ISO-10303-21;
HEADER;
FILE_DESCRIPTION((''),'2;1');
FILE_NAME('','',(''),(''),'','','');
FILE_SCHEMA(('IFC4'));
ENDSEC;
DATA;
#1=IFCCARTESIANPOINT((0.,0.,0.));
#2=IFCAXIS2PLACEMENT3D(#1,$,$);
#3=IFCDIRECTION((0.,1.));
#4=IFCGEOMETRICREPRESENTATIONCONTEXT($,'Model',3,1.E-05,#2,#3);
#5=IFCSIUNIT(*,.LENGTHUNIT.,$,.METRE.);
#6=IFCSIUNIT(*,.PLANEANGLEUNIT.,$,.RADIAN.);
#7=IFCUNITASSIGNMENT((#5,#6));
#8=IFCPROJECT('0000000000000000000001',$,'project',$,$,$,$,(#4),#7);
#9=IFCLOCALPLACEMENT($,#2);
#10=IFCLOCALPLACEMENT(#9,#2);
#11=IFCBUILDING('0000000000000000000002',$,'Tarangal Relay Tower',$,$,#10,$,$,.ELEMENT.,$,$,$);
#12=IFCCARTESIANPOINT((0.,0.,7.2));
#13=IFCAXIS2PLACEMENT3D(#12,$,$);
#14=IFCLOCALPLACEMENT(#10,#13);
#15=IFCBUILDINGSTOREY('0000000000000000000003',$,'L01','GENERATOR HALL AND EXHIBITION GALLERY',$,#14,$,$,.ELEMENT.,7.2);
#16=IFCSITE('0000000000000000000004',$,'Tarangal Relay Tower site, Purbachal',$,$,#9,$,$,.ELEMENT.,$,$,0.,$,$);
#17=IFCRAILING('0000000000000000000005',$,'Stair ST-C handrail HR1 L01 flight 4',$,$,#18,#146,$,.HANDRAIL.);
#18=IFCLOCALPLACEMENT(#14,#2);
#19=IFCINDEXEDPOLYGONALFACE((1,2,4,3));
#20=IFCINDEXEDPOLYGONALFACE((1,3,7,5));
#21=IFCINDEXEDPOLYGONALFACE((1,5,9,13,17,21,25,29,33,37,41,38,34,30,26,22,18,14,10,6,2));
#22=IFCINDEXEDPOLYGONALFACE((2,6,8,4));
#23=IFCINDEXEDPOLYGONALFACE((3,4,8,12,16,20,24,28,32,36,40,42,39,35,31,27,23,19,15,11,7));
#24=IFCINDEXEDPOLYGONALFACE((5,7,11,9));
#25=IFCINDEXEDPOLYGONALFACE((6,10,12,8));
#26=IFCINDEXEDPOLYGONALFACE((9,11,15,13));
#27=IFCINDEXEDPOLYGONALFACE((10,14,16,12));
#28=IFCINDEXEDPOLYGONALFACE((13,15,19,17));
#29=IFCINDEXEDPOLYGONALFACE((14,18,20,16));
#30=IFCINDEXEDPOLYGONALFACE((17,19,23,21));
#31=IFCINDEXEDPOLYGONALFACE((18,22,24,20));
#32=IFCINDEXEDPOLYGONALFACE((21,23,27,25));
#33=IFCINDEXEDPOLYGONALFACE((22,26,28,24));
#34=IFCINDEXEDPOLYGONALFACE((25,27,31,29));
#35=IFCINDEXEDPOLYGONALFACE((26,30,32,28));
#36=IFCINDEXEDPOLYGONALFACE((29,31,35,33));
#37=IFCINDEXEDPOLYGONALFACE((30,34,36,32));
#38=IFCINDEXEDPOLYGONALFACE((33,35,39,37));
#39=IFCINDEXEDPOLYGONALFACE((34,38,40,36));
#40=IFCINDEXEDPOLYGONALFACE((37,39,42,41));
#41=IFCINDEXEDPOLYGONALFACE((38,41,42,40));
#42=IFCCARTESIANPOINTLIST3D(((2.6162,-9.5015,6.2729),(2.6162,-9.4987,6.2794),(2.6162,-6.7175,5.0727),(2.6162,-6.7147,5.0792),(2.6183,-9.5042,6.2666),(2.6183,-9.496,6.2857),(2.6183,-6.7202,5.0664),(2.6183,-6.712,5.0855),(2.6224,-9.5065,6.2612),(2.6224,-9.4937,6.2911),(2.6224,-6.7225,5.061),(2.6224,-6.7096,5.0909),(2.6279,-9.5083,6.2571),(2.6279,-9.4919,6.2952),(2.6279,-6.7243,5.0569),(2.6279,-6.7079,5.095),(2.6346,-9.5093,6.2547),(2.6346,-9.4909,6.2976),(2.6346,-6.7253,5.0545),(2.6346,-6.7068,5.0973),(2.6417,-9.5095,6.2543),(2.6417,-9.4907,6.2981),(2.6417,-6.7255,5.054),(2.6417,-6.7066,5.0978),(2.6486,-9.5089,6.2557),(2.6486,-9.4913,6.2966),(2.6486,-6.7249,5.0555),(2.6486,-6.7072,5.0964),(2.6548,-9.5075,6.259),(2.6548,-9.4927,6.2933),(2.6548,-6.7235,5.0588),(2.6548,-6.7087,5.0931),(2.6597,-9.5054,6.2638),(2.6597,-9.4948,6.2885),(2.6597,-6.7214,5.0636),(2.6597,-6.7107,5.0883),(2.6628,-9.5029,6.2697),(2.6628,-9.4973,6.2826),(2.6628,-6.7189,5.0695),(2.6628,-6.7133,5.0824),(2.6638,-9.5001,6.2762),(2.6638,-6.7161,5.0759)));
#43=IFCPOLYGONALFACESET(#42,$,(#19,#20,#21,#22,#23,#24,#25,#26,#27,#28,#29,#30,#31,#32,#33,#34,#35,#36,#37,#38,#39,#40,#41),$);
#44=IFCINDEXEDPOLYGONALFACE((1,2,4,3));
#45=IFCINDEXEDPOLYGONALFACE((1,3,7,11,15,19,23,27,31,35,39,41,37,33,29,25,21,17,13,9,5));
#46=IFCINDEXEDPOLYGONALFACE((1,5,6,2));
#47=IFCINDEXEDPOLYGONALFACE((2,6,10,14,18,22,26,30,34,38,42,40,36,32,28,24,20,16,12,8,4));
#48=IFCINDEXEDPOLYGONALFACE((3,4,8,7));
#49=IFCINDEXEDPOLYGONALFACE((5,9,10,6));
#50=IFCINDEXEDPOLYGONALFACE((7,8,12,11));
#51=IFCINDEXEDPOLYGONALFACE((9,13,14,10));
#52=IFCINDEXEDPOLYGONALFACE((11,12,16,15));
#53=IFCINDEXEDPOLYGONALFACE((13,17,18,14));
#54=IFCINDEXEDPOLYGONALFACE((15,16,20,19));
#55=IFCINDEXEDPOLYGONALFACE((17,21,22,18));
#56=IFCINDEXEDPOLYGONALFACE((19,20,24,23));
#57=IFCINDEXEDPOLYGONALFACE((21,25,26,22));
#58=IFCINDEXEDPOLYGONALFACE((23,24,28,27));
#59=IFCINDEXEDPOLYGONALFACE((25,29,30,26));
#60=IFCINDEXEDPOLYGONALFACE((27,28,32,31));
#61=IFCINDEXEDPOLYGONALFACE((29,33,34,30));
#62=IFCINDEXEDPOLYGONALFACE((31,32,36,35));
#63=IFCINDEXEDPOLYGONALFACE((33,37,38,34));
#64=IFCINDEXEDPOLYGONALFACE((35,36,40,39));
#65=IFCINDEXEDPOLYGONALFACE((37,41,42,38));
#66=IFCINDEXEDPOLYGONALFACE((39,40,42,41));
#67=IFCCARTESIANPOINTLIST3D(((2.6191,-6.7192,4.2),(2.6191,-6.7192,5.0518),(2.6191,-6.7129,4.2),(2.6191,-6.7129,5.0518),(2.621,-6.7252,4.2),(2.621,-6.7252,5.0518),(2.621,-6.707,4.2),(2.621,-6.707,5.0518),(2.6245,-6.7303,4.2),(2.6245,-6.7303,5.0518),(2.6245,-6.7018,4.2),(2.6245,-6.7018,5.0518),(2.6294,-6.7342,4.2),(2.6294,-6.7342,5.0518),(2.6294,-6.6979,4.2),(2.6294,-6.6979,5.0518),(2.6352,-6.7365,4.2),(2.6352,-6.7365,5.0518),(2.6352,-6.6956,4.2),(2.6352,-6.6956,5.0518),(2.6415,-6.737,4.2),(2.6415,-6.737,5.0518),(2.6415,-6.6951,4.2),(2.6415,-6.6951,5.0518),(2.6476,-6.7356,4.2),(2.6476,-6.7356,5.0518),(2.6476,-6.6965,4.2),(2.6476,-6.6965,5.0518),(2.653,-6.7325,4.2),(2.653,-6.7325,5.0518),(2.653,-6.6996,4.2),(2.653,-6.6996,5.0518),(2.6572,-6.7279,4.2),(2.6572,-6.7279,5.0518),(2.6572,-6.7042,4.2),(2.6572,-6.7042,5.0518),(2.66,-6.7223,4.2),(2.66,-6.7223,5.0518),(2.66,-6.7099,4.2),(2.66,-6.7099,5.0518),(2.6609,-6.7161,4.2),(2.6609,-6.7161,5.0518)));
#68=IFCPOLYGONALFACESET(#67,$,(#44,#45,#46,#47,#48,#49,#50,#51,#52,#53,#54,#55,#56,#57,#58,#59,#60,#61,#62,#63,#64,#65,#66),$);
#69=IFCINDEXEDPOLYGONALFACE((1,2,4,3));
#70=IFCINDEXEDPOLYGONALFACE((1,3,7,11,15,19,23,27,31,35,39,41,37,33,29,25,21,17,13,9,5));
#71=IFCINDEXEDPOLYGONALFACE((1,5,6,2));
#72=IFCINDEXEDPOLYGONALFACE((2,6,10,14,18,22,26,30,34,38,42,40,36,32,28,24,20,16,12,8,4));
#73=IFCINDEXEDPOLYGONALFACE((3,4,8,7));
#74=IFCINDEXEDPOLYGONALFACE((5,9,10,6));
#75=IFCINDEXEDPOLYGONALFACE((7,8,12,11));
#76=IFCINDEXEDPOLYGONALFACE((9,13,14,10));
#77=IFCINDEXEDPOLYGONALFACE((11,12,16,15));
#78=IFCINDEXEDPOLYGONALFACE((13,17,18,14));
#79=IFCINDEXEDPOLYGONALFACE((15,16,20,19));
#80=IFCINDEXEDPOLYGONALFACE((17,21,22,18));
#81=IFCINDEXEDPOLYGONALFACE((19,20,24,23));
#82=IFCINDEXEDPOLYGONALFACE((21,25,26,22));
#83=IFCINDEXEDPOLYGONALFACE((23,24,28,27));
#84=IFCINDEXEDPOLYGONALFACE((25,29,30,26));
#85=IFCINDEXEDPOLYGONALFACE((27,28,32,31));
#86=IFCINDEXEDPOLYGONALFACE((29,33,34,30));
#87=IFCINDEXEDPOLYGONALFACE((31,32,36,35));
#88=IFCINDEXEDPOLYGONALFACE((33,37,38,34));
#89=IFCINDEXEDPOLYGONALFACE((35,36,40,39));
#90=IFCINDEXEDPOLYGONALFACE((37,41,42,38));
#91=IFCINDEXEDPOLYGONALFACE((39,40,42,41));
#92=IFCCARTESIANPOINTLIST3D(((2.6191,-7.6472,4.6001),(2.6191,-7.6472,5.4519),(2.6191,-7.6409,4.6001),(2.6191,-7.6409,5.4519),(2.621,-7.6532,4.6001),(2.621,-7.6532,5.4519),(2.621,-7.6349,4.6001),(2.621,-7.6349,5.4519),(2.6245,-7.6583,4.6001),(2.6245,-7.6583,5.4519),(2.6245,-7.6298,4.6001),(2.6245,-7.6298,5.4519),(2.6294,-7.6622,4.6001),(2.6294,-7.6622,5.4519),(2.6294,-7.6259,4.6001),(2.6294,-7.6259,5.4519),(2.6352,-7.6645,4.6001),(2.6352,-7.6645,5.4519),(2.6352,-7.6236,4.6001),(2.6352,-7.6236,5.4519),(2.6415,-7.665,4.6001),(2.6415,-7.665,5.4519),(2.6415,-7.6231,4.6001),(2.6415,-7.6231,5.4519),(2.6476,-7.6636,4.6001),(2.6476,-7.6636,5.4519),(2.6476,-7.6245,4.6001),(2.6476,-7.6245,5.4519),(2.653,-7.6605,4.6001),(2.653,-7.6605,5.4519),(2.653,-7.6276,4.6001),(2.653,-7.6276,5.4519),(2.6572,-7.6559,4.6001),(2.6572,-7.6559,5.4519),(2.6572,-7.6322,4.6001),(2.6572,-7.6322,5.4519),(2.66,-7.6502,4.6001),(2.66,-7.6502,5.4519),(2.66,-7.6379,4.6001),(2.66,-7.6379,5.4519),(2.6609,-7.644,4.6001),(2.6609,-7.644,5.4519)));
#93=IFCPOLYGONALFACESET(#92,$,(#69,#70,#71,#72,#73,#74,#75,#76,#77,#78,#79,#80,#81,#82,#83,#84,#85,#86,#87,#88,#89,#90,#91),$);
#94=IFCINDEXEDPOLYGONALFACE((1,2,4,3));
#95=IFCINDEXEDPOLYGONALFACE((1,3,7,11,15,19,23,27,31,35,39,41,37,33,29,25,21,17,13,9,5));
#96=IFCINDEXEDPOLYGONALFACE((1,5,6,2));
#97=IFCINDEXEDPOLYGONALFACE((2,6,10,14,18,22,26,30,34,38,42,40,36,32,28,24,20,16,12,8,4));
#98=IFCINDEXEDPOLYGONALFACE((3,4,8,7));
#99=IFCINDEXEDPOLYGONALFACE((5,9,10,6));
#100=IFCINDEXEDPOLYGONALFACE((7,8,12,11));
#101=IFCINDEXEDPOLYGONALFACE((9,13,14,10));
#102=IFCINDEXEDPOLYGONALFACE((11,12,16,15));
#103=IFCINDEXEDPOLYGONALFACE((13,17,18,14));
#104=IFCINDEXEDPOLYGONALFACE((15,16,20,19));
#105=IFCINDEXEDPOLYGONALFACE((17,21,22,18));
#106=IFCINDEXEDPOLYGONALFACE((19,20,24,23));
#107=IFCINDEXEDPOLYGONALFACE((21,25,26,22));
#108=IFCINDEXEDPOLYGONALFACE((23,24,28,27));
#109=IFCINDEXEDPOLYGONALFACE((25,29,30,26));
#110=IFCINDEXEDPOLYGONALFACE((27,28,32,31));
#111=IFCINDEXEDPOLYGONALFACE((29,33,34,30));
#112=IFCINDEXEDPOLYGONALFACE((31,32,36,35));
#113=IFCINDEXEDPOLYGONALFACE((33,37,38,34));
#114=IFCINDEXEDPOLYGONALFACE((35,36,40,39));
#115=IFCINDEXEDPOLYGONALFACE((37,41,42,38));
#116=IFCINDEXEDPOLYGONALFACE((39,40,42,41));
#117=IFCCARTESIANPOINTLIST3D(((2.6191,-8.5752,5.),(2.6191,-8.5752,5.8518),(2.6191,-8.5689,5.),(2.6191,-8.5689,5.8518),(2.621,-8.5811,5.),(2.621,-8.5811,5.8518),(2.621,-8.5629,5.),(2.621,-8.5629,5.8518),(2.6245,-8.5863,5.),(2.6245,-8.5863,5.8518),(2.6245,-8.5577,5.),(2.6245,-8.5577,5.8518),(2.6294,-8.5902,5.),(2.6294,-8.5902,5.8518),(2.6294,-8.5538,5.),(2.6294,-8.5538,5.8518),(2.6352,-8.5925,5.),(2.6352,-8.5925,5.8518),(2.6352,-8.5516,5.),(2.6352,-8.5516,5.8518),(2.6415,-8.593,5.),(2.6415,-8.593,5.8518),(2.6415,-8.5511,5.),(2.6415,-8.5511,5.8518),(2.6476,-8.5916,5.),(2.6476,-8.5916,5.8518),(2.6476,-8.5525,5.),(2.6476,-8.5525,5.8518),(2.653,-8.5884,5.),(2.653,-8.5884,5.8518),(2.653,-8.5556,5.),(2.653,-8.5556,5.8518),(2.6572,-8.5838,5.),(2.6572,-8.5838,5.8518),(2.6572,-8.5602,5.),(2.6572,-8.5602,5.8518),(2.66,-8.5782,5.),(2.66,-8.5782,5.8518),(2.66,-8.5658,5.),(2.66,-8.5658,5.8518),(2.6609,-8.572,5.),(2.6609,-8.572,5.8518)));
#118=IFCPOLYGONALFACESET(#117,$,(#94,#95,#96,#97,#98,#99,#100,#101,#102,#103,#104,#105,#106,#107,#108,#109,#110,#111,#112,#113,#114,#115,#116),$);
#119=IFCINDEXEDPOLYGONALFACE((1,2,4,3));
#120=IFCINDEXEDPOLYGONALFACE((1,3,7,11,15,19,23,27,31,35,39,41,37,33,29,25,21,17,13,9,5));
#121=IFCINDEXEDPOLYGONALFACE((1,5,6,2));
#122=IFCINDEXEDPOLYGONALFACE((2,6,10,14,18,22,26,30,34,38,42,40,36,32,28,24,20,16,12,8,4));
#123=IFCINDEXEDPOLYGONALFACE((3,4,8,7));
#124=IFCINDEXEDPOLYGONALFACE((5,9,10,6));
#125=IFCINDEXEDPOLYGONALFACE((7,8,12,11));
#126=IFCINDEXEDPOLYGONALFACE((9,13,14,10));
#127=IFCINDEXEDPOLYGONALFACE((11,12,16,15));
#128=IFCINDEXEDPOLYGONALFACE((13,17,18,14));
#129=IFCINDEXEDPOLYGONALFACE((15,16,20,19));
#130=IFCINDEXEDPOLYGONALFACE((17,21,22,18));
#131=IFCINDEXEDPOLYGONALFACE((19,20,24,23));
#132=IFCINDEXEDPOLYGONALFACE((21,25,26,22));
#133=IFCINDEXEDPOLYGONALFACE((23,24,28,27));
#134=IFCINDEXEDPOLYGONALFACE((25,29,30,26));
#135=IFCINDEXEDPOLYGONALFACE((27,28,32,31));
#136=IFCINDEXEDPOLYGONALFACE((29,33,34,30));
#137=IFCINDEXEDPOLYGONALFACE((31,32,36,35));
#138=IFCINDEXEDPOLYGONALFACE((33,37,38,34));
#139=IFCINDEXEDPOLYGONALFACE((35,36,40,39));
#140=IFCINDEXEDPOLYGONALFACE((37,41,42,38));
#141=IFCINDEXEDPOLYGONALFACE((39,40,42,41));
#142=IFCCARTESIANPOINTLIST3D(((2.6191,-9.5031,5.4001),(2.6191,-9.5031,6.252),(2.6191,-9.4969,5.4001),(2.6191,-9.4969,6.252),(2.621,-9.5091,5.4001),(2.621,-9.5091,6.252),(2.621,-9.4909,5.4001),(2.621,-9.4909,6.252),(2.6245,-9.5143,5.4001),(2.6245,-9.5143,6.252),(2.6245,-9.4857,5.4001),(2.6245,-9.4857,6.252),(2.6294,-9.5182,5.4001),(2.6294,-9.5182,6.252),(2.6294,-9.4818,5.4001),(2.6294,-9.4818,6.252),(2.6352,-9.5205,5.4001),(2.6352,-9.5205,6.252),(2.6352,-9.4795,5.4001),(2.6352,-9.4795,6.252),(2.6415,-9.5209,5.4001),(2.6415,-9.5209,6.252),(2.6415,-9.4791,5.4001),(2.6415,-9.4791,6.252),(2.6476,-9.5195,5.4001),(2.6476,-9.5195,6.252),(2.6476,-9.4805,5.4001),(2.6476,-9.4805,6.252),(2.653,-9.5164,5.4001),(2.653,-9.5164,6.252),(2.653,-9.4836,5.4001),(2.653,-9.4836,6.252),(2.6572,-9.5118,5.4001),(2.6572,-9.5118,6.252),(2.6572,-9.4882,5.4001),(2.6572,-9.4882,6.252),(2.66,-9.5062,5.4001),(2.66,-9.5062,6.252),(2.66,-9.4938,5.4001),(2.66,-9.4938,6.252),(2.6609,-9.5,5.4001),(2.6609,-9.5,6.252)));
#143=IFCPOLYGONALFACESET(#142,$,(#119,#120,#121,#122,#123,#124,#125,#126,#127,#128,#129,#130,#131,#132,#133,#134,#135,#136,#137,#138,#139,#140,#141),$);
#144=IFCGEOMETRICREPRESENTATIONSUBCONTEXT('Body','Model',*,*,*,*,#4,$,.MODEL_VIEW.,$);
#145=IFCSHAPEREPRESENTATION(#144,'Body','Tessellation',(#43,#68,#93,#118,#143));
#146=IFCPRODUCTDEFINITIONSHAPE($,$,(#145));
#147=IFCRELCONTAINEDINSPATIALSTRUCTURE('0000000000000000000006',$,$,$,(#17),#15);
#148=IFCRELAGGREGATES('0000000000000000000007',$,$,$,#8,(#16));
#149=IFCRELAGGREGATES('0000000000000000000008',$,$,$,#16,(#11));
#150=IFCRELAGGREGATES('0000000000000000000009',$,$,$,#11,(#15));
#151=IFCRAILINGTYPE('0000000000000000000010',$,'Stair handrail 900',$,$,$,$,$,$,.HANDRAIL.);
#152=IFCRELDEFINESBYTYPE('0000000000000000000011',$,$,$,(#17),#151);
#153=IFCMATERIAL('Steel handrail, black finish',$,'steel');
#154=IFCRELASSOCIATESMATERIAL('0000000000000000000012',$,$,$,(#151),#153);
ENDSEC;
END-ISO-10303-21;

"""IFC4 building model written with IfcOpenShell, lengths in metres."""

from ifc_helpers import new_model, si_unit, direction, frame, origin, origin_2d, place, context, subcontext, project, spatial, circle, extrude, material, type_object, element, save


model = new_model("IFC4")

# Units and contexts
model_context = context("Model", 3, precision=1e-05, world=origin(), true_north=direction((0.0, 1.0)))
body_context = subcontext(model_context, "Body", "Model", "MODEL_VIEW")
ifc_project = project(units=[si_unit("LENGTHUNIT", "METRE"), si_unit("PLANEANGLEUNIT", "RADIAN")], contexts=[model_context])

# Site, building, storey
site_placement = place(None, origin())
site = spatial("IfcSite", under=ifc_project, at=site_placement, Name="Tarangal Relay Tower site, Purbachal", CompositionType="ELEMENT", RefElevation=0.0)
building_placement = place(site_placement, origin())
building = spatial("IfcBuilding", under=site, at=building_placement, Name="Tarangal Relay Tower", CompositionType="ELEMENT")
storey_placement = place(building_placement, frame((0.0, 0.0, 7.2)))
storey = spatial("IfcBuildingStorey", under=building, at=storey_placement, Name="L01", Description="GENERATOR HALL AND EXHIBITION GALLERY", CompositionType="ELEMENT", Elevation=7.2)

# Railing
ifc_material_1 = material(Name="Steel handrail, black finish", Category="steel")
railing_type_1 = type_object("IfcRailingType", Name="Stair handrail 900", PredefinedType="HANDRAIL", material=ifc_material_1)
railing_1_placement = place(storey_placement, frame((2.6399, -6.7161, 4.2)))
element("IfcRailing", 1, at=railing_1_placement, inside=storey, type_object=railing_type_1, Name="Stair ST-C handrail HR1 L01 flight 4", PredefinedType="HANDRAIL", context=body_context, shape_type="SweptSolid", body=[
    extrude(circle(Radius=0.0239, at=origin_2d()), frame((0.0, 0.0, 0.876), z_axis=(0.0, -0.918297, 0.395891), x_axis=(1.0, 0.0, 0.0)), (0.0, 0.0, 1.0), 3.0317),
    extrude(circle(Radius=0.021, at=origin_2d()), origin(), (0.0, 0.0, 1.0), 0.8518),
    extrude(circle(Radius=0.021, at=origin_2d()), frame((0.0, -0.928, 0.4001)), (0.0, 0.0, 1.0), 0.8518),
    extrude(circle(Radius=0.021, at=origin_2d()), frame((0.0, -1.856, 0.8)), (0.0, 0.0, 1.0), 0.8518),
    extrude(circle(Radius=0.021, at=origin_2d()), frame((0.0, -2.7839, 1.2002)), (0.0, 0.0, 1.0), 0.8518),
])

save(model, "model.ifc")
